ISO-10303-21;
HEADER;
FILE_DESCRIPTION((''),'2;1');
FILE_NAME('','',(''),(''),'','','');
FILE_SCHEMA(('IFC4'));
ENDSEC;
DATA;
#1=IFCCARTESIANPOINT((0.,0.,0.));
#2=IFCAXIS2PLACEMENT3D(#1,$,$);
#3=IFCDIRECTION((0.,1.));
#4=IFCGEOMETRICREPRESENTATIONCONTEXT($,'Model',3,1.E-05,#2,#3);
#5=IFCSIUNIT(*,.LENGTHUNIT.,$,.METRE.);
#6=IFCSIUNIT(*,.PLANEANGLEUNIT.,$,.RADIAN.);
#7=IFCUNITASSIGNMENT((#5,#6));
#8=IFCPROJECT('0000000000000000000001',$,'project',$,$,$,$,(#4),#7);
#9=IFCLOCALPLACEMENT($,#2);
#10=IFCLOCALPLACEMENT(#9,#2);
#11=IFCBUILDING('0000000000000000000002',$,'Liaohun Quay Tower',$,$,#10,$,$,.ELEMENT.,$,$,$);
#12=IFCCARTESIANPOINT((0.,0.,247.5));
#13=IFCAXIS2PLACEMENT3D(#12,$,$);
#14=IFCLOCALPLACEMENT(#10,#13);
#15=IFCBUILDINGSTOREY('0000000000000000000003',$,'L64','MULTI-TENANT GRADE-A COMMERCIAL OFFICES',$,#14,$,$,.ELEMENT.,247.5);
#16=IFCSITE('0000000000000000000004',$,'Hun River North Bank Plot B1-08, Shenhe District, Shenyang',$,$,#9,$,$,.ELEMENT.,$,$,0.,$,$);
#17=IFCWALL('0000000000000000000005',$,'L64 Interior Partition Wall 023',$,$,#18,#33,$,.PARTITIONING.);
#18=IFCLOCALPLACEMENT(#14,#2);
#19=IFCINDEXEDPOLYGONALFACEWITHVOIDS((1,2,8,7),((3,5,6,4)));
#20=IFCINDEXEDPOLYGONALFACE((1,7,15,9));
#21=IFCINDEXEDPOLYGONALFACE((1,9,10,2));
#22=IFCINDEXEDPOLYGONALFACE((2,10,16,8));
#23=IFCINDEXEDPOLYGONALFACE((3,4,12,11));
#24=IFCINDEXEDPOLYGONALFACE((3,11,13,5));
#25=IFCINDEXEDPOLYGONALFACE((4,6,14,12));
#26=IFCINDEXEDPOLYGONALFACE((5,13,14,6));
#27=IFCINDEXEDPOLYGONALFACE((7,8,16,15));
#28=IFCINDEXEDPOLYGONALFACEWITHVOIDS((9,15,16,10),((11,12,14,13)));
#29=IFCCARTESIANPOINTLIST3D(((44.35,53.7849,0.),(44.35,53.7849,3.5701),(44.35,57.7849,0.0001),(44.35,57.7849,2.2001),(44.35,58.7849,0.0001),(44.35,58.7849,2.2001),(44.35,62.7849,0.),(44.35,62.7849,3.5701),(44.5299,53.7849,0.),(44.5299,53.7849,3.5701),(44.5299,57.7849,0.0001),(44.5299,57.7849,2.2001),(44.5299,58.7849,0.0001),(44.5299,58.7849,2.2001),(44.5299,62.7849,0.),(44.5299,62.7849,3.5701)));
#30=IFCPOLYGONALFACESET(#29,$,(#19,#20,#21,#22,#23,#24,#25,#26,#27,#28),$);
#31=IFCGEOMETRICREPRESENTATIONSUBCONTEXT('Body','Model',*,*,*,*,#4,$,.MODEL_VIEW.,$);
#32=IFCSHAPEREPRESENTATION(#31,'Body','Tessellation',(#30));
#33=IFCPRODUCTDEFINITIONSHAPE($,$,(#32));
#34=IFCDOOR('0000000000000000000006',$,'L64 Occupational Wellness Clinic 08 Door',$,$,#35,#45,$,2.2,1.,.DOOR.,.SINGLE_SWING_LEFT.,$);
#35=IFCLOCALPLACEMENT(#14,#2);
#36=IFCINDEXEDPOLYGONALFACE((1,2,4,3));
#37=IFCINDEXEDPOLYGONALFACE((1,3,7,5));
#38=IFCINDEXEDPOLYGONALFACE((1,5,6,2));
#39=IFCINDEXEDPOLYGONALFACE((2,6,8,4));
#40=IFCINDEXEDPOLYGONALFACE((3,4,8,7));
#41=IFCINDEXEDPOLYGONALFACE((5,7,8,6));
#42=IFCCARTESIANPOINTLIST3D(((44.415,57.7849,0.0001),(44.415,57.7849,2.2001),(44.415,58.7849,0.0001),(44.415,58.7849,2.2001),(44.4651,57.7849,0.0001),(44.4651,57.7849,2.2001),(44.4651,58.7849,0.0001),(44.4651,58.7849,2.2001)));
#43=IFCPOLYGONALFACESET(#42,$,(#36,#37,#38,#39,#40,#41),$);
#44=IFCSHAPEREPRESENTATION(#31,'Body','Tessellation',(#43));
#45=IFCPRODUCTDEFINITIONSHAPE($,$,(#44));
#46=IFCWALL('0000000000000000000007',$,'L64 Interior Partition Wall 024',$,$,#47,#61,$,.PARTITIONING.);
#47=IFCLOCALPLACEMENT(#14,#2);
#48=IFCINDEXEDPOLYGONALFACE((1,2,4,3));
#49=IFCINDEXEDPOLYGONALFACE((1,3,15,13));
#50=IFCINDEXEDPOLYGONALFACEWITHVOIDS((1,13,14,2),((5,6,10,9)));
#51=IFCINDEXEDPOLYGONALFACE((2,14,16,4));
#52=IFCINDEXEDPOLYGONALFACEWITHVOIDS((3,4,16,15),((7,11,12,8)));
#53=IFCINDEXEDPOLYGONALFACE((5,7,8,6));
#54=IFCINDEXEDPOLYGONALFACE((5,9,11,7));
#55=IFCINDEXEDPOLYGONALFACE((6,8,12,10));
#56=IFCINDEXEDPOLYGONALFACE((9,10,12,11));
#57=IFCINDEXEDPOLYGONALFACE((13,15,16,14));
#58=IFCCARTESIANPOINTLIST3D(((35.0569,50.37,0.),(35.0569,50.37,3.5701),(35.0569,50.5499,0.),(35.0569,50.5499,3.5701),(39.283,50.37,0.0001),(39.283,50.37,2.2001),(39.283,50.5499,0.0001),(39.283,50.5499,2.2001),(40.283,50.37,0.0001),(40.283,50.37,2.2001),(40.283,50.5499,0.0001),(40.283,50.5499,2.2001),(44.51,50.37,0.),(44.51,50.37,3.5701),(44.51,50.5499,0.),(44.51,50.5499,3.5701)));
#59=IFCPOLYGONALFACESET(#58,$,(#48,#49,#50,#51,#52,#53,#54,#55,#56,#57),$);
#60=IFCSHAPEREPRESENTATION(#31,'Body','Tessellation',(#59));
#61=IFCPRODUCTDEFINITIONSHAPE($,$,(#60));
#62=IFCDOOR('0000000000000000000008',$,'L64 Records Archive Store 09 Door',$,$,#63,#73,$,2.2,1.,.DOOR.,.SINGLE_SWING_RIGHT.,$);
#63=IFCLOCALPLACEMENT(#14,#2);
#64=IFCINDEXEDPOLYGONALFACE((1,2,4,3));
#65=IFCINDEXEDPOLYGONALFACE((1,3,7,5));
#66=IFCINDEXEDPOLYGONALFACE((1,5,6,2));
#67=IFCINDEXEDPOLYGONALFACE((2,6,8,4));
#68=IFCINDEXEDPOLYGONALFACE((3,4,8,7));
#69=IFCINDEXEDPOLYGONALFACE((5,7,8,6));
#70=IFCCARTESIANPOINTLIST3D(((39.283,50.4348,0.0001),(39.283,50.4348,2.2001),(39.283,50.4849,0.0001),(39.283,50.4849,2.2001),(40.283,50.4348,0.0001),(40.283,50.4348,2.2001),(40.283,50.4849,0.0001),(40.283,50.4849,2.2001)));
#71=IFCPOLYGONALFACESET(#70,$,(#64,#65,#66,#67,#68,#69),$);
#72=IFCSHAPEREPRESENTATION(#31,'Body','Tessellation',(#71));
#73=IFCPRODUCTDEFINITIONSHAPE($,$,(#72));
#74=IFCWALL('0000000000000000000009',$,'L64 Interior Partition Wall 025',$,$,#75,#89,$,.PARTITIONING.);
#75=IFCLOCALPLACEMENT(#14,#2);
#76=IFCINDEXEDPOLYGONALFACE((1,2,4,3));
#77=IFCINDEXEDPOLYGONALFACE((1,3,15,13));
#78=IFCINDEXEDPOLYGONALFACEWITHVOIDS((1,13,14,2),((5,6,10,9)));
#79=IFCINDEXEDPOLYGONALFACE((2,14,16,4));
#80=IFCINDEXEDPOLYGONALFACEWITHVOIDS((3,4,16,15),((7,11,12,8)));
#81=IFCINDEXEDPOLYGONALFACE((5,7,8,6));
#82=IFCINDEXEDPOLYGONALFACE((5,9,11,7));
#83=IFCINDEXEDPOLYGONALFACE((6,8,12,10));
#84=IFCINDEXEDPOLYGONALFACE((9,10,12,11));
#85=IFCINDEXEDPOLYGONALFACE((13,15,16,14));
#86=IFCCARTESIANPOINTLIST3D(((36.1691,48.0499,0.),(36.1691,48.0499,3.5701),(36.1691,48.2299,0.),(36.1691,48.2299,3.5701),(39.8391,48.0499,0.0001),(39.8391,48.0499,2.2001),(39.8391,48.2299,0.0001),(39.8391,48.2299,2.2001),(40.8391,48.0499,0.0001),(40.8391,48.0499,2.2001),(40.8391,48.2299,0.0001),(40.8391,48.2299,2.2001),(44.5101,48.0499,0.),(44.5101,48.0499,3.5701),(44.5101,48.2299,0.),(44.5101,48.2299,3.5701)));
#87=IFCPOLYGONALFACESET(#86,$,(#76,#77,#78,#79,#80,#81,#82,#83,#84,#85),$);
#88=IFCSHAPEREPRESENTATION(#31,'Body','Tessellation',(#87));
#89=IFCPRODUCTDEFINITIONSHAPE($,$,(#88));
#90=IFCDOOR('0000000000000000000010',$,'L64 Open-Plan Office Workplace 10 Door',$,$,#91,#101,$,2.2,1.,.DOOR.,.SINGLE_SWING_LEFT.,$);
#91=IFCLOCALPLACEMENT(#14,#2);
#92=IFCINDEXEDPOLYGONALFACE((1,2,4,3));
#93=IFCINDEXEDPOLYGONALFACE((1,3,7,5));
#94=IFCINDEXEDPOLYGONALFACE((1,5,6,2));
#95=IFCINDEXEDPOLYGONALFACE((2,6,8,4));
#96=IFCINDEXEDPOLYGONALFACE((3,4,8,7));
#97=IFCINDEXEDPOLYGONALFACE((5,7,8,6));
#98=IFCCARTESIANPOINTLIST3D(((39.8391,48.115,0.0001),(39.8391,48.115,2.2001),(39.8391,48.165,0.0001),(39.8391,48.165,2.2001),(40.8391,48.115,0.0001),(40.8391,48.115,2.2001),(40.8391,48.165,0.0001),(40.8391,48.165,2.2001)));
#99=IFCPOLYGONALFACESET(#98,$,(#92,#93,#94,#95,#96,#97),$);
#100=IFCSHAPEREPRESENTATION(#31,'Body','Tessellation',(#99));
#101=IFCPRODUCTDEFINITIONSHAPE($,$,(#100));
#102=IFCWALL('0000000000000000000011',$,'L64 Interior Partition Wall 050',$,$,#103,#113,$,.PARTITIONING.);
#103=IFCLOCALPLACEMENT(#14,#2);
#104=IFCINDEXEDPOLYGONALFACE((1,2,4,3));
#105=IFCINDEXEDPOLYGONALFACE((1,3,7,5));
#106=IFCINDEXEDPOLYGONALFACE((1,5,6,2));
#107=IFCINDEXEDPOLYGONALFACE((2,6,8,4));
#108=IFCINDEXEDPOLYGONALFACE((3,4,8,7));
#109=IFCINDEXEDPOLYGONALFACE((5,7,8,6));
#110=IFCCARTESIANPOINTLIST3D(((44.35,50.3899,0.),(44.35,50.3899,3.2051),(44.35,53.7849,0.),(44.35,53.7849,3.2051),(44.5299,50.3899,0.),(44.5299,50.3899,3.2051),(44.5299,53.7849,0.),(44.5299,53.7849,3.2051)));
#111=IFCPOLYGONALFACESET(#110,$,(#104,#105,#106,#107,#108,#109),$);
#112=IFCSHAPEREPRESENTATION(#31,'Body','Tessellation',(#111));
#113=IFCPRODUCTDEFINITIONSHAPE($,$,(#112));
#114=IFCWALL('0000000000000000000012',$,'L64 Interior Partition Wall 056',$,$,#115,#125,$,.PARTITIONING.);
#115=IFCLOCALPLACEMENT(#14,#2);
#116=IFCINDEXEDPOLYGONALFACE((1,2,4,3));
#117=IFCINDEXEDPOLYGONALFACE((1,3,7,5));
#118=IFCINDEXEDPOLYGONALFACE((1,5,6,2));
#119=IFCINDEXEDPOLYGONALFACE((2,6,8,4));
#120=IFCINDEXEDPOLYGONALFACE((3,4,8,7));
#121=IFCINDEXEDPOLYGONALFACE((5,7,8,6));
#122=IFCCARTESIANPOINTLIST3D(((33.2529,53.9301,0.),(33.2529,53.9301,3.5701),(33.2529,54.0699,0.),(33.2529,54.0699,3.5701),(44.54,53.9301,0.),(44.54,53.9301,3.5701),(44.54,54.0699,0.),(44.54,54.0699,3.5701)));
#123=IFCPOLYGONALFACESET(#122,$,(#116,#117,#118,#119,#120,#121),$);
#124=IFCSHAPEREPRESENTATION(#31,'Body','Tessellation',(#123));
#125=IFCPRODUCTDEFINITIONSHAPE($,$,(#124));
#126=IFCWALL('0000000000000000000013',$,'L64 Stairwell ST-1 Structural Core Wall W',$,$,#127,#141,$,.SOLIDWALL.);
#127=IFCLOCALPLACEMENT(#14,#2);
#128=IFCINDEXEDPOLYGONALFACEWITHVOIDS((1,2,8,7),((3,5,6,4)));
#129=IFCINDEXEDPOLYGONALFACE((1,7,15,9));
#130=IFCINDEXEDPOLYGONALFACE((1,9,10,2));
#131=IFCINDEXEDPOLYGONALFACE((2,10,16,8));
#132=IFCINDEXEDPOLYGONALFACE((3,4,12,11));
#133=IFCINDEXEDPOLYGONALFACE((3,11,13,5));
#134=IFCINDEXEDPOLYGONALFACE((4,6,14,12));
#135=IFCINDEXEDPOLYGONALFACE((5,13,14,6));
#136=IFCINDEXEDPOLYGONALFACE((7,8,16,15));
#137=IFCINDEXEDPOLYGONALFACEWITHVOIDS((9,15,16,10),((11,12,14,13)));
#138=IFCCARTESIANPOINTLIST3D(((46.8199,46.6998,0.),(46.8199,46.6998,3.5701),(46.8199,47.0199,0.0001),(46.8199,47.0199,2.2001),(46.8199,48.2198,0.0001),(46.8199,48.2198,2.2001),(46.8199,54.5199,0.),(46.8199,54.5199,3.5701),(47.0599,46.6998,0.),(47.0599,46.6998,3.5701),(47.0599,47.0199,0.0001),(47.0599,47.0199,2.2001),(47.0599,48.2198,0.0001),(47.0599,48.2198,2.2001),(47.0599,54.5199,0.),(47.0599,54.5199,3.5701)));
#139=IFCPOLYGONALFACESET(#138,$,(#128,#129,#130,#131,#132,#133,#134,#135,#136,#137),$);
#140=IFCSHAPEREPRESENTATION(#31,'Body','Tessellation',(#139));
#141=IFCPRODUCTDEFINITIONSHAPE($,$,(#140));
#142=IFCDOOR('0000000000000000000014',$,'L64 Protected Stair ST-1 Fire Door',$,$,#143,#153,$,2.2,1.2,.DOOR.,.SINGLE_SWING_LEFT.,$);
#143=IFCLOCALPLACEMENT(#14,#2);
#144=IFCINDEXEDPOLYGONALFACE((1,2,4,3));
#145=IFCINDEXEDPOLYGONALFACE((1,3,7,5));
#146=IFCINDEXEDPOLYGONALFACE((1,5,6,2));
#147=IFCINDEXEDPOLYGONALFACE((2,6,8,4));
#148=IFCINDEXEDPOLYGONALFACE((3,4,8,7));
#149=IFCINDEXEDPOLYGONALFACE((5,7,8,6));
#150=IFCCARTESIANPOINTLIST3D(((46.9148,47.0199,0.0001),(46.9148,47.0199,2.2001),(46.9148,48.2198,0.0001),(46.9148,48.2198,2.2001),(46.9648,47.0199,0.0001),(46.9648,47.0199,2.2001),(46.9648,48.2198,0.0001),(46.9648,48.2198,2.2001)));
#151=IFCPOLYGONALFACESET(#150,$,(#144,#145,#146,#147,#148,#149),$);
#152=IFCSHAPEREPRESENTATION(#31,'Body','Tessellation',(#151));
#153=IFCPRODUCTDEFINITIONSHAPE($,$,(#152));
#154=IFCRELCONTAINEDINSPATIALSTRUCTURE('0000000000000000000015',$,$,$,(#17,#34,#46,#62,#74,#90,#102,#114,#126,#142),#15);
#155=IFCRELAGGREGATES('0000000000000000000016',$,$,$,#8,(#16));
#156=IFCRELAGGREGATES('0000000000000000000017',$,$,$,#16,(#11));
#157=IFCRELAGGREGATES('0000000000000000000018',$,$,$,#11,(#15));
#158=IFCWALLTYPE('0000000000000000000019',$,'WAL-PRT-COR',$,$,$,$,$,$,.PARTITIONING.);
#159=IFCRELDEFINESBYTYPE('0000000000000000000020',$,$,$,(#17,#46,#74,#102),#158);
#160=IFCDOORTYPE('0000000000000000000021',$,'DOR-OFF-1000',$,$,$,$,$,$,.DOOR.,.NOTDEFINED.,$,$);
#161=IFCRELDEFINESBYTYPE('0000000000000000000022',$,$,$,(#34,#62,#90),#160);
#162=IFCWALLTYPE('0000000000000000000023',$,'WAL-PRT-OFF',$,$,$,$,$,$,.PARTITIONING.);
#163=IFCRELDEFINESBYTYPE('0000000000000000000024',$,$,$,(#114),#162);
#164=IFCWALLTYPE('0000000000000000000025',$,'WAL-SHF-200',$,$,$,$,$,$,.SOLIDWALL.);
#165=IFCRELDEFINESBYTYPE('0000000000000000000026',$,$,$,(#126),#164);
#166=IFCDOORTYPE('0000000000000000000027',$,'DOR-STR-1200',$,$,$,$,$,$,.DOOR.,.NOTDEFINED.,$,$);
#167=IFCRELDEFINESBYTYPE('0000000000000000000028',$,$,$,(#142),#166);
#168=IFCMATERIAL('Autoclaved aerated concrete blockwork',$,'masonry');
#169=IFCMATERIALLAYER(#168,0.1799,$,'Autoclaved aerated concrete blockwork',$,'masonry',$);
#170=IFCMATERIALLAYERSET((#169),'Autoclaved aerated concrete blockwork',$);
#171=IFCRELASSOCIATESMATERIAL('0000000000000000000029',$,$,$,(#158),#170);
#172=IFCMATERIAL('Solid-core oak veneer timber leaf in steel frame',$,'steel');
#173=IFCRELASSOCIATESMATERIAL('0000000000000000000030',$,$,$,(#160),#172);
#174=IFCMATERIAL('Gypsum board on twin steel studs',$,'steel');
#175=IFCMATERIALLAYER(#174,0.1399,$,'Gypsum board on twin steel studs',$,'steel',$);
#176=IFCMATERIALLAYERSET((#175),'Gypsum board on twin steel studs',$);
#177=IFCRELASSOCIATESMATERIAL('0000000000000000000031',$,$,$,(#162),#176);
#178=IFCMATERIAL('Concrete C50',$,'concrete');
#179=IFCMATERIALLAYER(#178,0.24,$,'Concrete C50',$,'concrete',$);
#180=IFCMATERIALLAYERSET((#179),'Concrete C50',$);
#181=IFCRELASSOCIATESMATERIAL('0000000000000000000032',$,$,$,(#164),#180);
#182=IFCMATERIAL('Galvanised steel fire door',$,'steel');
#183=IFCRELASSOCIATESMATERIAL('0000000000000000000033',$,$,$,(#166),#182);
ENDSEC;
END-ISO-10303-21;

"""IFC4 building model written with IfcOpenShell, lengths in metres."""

from ifc_helpers import new_model, si_unit, direction, frame, frame_2d, origin, place, context, subcontext, project, spatial, rectangle, extrude, source, transform, mapped, material, layer, layer_set, type_object, element, fill, save


model = new_model("IFC4")

# Units and contexts
model_context = context("Model", 3, precision=1e-05, world=origin(), true_north=direction((0.0, 1.0)))
body_context = subcontext(model_context, "Body", "Model", "MODEL_VIEW")
ifc_project = project(units=[si_unit("LENGTHUNIT", "METRE"), si_unit("PLANEANGLEUNIT", "RADIAN")], contexts=[model_context])

# Site, building, storey
site_placement = place(None, origin())
site = spatial("IfcSite", under=ifc_project, at=site_placement, Name="Hun River North Bank Plot B1-08, Shenhe District, Shenyang", CompositionType="ELEMENT", RefElevation=0.0)
building_placement = place(site_placement, origin())
building = spatial("IfcBuilding", under=site, at=building_placement, Name="Liaohun Quay Tower", CompositionType="ELEMENT")
storey_placement = place(building_placement, frame((0.0, 0.0, 247.5)))
storey = spatial("IfcBuildingStorey", under=building, at=storey_placement, Name="L64", Description="MULTI-TENANT GRADE-A COMMERCIAL OFFICES", CompositionType="ELEMENT", Elevation=247.5)

# Walls, openings, doors
ifc_material_1 = material(Name="Autoclaved aerated concrete blockwork", Category="masonry")
ifc_layer_1 = layer(ifc_material_1, 0.1799, Name="Autoclaved aerated concrete blockwork", Category="masonry")
ifc_layer_set_1 = layer_set([ifc_layer_1], Name="Autoclaved aerated concrete blockwork")
wall_type_1 = type_object("IfcWallType", Name="WAL-PRT-COR", PredefinedType="PARTITIONING", material=ifc_layer_set_1)
wall_1_placement = place(storey_placement, frame((44.4399, 53.7849, 0.0), z_axis=(0.0, 0.0, 1.0), x_axis=(0.0, 1.0, 0.0)))
wall_1 = element("IfcWall", 1, at=wall_1_placement, inside=storey, type_object=wall_type_1, Name="L64 Interior Partition Wall 023", PredefinedType="PARTITIONING", context=body_context, shape_type="SweptSolid", body=[
    extrude(rectangle(XDim=9.0, YDim=0.1799, at=frame_2d((4.5, 0.0))), origin(), (0.0, 0.0, 1.0), 3.5701),
])
shared_shape_1 = source(origin(), body_context, "Body", "SweptSolid", [
    extrude(rectangle(XDim=1.0, YDim=2.2, at=frame_2d((0.5, 1.1001))), frame((0.0, 0.0999, 0.0), z_axis=(0.0, -1.0, 0.0), x_axis=(1.0, 0.0, 0.0)), (0.0, 0.0, 1.0), 0.2),
])
opening_1_placement = place(wall_1_placement, frame((4.0, 0.0, 0.0)))
opening_1 = element("IfcOpeningElement", 2, at=opening_1_placement, cuts=wall_1, PredefinedType="OPENING", context=body_context, shape_type="MappedRepresentation", body=[
    mapped(shared_shape_1, transform((0.0, 0.0, 0.0), x_axis=(1.0, 0.0, 0.0), y_axis=(0.0, 1.0, 0.0), z_axis=(0.0, 0.0, 1.0), scale=1.0)),
])
ifc_material_2 = material(Name="Solid-core oak veneer timber leaf in steel frame", Category="steel")
door_type_1 = type_object("IfcDoorType", Name="DOR-OFF-1000", OperationType="NOTDEFINED", PredefinedType="DOOR", material=ifc_material_2)
shared_shape_2 = source(origin(), body_context, "Body", "SweptSolid", [
    extrude(rectangle(XDim=1.0, YDim=2.2, at=frame_2d((0.5, 1.1001))), frame((0.0, 0.0249, 0.0), z_axis=(0.0, -1.0, 0.0), x_axis=(1.0, 0.0, 0.0)), (0.0, 0.0, 1.0), 0.05),
])
door_1_placement = place(opening_1_placement, origin())
door_1 = element("IfcDoor", 3, at=door_1_placement, inside=storey, type_object=door_type_1, Name="L64 Occupational Wellness Clinic 08 Door", OperationType="SINGLE_SWING_LEFT", OverallHeight=2.2, OverallWidth=1.0, PredefinedType="DOOR", context=body_context, shape_type="MappedRepresentation", body=[
    mapped(shared_shape_2, transform((0.0, 0.0, 0.0), x_axis=(1.0, 0.0, 0.0), y_axis=(0.0, 1.0, 0.0), z_axis=(0.0, 0.0, 1.0), scale=1.0)),
])
fill(opening_1, door_1)
wall_2_placement = place(storey_placement, frame((35.0569, 50.46, 0.0), z_axis=(0.0, 0.0, 1.0), x_axis=(1.0, 0.0, 0.0)))
wall_2 = element("IfcWall", 4, at=wall_2_placement, inside=storey, type_object=wall_type_1, Name="L64 Interior Partition Wall 024", PredefinedType="PARTITIONING", context=body_context, shape_type="SweptSolid", body=[
    extrude(rectangle(XDim=9.4531, YDim=0.1799, at=frame_2d((4.7266, 0.0))), origin(), (0.0, 0.0, 1.0), 3.5701),
])
opening_2_placement = place(wall_2_placement, frame((4.2261, 0.0, 0.0)))
opening_2 = element("IfcOpeningElement", 5, at=opening_2_placement, cuts=wall_2, PredefinedType="OPENING", context=body_context, shape_type="MappedRepresentation", body=[
    mapped(shared_shape_1, transform((0.0, 0.0, 0.0), x_axis=(1.0, 0.0, 0.0), y_axis=(0.0, 1.0, 0.0), z_axis=(0.0, 0.0, 1.0), scale=1.0)),
])
door_2_placement = place(opening_2_placement, origin())
door_2 = element("IfcDoor", 6, at=door_2_placement, inside=storey, type_object=door_type_1, Name="L64 Records Archive Store 09 Door", OperationType="SINGLE_SWING_RIGHT", OverallHeight=2.2, OverallWidth=1.0, PredefinedType="DOOR", context=body_context, shape_type="MappedRepresentation", body=[
    mapped(shared_shape_2, transform((0.0, 0.0, 0.0), x_axis=(1.0, 0.0, 0.0), y_axis=(0.0, 1.0, 0.0), z_axis=(0.0, 0.0, 1.0), scale=1.0)),
])
fill(opening_2, door_2)
wall_3_placement = place(storey_placement, frame((44.51, 48.1399, 0.0), z_axis=(0.0, 0.0, 1.0), x_axis=(-1.0, 0.0, 0.0)))
wall_3 = element("IfcWall", 7, at=wall_3_placement, inside=storey, type_object=wall_type_1, Name="L64 Interior Partition Wall 025", PredefinedType="PARTITIONING", context=body_context, shape_type="SweptSolid", body=[
    extrude(rectangle(XDim=8.3411, YDim=0.1799, at=frame_2d((4.1704, 0.0))), origin(), (0.0, 0.0, 1.0), 3.5701),
])
opening_3_placement = place(wall_3_placement, frame((3.6709, 0.0, 0.0)))
opening_3 = element("IfcOpeningElement", 8, at=opening_3_placement, cuts=wall_3, PredefinedType="OPENING", context=body_context, shape_type="MappedRepresentation", body=[
    mapped(shared_shape_1, transform((0.0, 0.0, 0.0), x_axis=(1.0, 0.0, 0.0), y_axis=(0.0, 1.0, 0.0), z_axis=(0.0, 0.0, 1.0), scale=1.0)),
])
door_3_placement = place(opening_3_placement, origin())
door_3 = element("IfcDoor", 9, at=door_3_placement, inside=storey, type_object=door_type_1, Name="L64 Open-Plan Office Workplace 10 Door", OperationType="SINGLE_SWING_LEFT", OverallHeight=2.2, OverallWidth=1.0, PredefinedType="DOOR", context=body_context, shape_type="MappedRepresentation", body=[
    mapped(shared_shape_2, transform((0.0, 0.0, 0.0), x_axis=(1.0, 0.0, 0.0), y_axis=(0.0, 1.0, 0.0), z_axis=(0.0, 0.0, 1.0), scale=1.0)),
])
fill(opening_3, door_3)

# Walls
wall_4_placement = place(storey_placement, frame((44.4399, 50.3899, 0.0), z_axis=(0.0, 0.0, 1.0), x_axis=(0.0, 1.0, 0.0)))
element("IfcWall", 10, at=wall_4_placement, inside=storey, type_object=wall_type_1, Name="L64 Interior Partition Wall 050", PredefinedType="PARTITIONING", context=body_context, shape_type="SweptSolid", body=[
    extrude(rectangle(XDim=3.395, YDim=0.1799, at=frame_2d((1.6975, 0.0))), origin(), (0.0, 0.0, 1.0), 3.2051),
])
ifc_material_3 = material(Name="Gypsum board on twin steel studs", Category="steel")
ifc_layer_2 = layer(ifc_material_3, 0.1399, Name="Gypsum board on twin steel studs", Category="steel")
ifc_layer_set_2 = layer_set([ifc_layer_2], Name="Gypsum board on twin steel studs")
wall_type_2 = type_object("IfcWallType", Name="WAL-PRT-OFF", PredefinedType="PARTITIONING", material=ifc_layer_set_2)
wall_5_placement = place(storey_placement, frame((44.54, 54.0, 0.0), z_axis=(0.0, 0.0, 1.0), x_axis=(-1.0, 0.0, 0.0)))
element("IfcWall", 11, at=wall_5_placement, inside=storey, type_object=wall_type_2, Name="L64 Interior Partition Wall 056", PredefinedType="PARTITIONING", context=body_context, shape_type="SweptSolid", body=[
    extrude(rectangle(XDim=11.2871, YDim=0.1399, at=frame_2d((5.6436, 0.0))), origin(), (0.0, 0.0, 1.0), 3.5701),
])

# Wall, opening, door
ifc_material_4 = material(Name="Concrete C50", Category="concrete")
ifc_layer_3 = layer(ifc_material_4, 0.24, Name="Concrete C50", Category="concrete")
ifc_layer_set_3 = layer_set([ifc_layer_3], Name="Concrete C50")
wall_type_3 = type_object("IfcWallType", Name="WAL-SHF-200", PredefinedType="SOLIDWALL", material=ifc_layer_set_3)
wall_6_placement = place(storey_placement, frame((46.9399, 54.52, 0.0), z_axis=(0.0, 0.0, 1.0), x_axis=(0.0, -1.0, 0.0)))
wall_6 = element("IfcWall", 12, at=wall_6_placement, inside=storey, type_object=wall_type_3, Name="L64 Stairwell ST-1 Structural Core Wall W", PredefinedType="SOLIDWALL", context=body_context, shape_type="SweptSolid", body=[
    extrude(rectangle(XDim=7.8201, YDim=0.24, at=frame_2d((3.9102, 0.0))), origin(), (0.0, 0.0, 1.0), 3.5701),
])
shared_shape_3 = source(origin(), body_context, "Body", "SweptSolid", [
    extrude(rectangle(XDim=1.2, YDim=2.2, at=frame_2d((0.6001, 1.1001))), frame((0.0, 0.1299, 0.0), z_axis=(0.0, -1.0, 0.0), x_axis=(1.0, 0.0, 0.0)), (0.0, 0.0, 1.0), 0.26),
])
opening_4_placement = place(wall_6_placement, frame((6.3, 0.0, 0.0)))
opening_4 = element("IfcOpeningElement", 13, at=opening_4_placement, cuts=wall_6, PredefinedType="OPENING", context=body_context, shape_type="MappedRepresentation", body=[
    mapped(shared_shape_3, transform((0.0, 0.0, 0.0), x_axis=(1.0, 0.0, 0.0), y_axis=(0.0, 1.0, 0.0), z_axis=(0.0, 0.0, 1.0), scale=1.0)),
])
ifc_material_5 = material(Name="Galvanised steel fire door", Category="steel")
door_type_2 = type_object("IfcDoorType", Name="DOR-STR-1200", OperationType="NOTDEFINED", PredefinedType="DOOR", material=ifc_material_5)
shared_shape_4 = source(origin(), body_context, "Body", "SweptSolid", [
    extrude(rectangle(XDim=1.2, YDim=2.2, at=frame_2d((0.6001, 1.1001))), frame((0.0, 0.0249, 0.0), z_axis=(0.0, -1.0, 0.0), x_axis=(1.0, 0.0, 0.0)), (0.0, 0.0, 1.0), 0.05),
])
door_4_placement = place(opening_4_placement, origin())
door_4 = element("IfcDoor", 14, at=door_4_placement, inside=storey, type_object=door_type_2, Name="L64 Protected Stair ST-1 Fire Door", OperationType="SINGLE_SWING_LEFT", OverallHeight=2.2, OverallWidth=1.2, PredefinedType="DOOR", context=body_context, shape_type="MappedRepresentation", body=[
    mapped(shared_shape_4, transform((0.0, 0.0, 0.0), x_axis=(1.0, 0.0, 0.0), y_axis=(0.0, 1.0, 0.0), z_axis=(0.0, 0.0, 1.0), scale=1.0)),
])
fill(opening_4, door_4)

save(model, "model.ifc")
